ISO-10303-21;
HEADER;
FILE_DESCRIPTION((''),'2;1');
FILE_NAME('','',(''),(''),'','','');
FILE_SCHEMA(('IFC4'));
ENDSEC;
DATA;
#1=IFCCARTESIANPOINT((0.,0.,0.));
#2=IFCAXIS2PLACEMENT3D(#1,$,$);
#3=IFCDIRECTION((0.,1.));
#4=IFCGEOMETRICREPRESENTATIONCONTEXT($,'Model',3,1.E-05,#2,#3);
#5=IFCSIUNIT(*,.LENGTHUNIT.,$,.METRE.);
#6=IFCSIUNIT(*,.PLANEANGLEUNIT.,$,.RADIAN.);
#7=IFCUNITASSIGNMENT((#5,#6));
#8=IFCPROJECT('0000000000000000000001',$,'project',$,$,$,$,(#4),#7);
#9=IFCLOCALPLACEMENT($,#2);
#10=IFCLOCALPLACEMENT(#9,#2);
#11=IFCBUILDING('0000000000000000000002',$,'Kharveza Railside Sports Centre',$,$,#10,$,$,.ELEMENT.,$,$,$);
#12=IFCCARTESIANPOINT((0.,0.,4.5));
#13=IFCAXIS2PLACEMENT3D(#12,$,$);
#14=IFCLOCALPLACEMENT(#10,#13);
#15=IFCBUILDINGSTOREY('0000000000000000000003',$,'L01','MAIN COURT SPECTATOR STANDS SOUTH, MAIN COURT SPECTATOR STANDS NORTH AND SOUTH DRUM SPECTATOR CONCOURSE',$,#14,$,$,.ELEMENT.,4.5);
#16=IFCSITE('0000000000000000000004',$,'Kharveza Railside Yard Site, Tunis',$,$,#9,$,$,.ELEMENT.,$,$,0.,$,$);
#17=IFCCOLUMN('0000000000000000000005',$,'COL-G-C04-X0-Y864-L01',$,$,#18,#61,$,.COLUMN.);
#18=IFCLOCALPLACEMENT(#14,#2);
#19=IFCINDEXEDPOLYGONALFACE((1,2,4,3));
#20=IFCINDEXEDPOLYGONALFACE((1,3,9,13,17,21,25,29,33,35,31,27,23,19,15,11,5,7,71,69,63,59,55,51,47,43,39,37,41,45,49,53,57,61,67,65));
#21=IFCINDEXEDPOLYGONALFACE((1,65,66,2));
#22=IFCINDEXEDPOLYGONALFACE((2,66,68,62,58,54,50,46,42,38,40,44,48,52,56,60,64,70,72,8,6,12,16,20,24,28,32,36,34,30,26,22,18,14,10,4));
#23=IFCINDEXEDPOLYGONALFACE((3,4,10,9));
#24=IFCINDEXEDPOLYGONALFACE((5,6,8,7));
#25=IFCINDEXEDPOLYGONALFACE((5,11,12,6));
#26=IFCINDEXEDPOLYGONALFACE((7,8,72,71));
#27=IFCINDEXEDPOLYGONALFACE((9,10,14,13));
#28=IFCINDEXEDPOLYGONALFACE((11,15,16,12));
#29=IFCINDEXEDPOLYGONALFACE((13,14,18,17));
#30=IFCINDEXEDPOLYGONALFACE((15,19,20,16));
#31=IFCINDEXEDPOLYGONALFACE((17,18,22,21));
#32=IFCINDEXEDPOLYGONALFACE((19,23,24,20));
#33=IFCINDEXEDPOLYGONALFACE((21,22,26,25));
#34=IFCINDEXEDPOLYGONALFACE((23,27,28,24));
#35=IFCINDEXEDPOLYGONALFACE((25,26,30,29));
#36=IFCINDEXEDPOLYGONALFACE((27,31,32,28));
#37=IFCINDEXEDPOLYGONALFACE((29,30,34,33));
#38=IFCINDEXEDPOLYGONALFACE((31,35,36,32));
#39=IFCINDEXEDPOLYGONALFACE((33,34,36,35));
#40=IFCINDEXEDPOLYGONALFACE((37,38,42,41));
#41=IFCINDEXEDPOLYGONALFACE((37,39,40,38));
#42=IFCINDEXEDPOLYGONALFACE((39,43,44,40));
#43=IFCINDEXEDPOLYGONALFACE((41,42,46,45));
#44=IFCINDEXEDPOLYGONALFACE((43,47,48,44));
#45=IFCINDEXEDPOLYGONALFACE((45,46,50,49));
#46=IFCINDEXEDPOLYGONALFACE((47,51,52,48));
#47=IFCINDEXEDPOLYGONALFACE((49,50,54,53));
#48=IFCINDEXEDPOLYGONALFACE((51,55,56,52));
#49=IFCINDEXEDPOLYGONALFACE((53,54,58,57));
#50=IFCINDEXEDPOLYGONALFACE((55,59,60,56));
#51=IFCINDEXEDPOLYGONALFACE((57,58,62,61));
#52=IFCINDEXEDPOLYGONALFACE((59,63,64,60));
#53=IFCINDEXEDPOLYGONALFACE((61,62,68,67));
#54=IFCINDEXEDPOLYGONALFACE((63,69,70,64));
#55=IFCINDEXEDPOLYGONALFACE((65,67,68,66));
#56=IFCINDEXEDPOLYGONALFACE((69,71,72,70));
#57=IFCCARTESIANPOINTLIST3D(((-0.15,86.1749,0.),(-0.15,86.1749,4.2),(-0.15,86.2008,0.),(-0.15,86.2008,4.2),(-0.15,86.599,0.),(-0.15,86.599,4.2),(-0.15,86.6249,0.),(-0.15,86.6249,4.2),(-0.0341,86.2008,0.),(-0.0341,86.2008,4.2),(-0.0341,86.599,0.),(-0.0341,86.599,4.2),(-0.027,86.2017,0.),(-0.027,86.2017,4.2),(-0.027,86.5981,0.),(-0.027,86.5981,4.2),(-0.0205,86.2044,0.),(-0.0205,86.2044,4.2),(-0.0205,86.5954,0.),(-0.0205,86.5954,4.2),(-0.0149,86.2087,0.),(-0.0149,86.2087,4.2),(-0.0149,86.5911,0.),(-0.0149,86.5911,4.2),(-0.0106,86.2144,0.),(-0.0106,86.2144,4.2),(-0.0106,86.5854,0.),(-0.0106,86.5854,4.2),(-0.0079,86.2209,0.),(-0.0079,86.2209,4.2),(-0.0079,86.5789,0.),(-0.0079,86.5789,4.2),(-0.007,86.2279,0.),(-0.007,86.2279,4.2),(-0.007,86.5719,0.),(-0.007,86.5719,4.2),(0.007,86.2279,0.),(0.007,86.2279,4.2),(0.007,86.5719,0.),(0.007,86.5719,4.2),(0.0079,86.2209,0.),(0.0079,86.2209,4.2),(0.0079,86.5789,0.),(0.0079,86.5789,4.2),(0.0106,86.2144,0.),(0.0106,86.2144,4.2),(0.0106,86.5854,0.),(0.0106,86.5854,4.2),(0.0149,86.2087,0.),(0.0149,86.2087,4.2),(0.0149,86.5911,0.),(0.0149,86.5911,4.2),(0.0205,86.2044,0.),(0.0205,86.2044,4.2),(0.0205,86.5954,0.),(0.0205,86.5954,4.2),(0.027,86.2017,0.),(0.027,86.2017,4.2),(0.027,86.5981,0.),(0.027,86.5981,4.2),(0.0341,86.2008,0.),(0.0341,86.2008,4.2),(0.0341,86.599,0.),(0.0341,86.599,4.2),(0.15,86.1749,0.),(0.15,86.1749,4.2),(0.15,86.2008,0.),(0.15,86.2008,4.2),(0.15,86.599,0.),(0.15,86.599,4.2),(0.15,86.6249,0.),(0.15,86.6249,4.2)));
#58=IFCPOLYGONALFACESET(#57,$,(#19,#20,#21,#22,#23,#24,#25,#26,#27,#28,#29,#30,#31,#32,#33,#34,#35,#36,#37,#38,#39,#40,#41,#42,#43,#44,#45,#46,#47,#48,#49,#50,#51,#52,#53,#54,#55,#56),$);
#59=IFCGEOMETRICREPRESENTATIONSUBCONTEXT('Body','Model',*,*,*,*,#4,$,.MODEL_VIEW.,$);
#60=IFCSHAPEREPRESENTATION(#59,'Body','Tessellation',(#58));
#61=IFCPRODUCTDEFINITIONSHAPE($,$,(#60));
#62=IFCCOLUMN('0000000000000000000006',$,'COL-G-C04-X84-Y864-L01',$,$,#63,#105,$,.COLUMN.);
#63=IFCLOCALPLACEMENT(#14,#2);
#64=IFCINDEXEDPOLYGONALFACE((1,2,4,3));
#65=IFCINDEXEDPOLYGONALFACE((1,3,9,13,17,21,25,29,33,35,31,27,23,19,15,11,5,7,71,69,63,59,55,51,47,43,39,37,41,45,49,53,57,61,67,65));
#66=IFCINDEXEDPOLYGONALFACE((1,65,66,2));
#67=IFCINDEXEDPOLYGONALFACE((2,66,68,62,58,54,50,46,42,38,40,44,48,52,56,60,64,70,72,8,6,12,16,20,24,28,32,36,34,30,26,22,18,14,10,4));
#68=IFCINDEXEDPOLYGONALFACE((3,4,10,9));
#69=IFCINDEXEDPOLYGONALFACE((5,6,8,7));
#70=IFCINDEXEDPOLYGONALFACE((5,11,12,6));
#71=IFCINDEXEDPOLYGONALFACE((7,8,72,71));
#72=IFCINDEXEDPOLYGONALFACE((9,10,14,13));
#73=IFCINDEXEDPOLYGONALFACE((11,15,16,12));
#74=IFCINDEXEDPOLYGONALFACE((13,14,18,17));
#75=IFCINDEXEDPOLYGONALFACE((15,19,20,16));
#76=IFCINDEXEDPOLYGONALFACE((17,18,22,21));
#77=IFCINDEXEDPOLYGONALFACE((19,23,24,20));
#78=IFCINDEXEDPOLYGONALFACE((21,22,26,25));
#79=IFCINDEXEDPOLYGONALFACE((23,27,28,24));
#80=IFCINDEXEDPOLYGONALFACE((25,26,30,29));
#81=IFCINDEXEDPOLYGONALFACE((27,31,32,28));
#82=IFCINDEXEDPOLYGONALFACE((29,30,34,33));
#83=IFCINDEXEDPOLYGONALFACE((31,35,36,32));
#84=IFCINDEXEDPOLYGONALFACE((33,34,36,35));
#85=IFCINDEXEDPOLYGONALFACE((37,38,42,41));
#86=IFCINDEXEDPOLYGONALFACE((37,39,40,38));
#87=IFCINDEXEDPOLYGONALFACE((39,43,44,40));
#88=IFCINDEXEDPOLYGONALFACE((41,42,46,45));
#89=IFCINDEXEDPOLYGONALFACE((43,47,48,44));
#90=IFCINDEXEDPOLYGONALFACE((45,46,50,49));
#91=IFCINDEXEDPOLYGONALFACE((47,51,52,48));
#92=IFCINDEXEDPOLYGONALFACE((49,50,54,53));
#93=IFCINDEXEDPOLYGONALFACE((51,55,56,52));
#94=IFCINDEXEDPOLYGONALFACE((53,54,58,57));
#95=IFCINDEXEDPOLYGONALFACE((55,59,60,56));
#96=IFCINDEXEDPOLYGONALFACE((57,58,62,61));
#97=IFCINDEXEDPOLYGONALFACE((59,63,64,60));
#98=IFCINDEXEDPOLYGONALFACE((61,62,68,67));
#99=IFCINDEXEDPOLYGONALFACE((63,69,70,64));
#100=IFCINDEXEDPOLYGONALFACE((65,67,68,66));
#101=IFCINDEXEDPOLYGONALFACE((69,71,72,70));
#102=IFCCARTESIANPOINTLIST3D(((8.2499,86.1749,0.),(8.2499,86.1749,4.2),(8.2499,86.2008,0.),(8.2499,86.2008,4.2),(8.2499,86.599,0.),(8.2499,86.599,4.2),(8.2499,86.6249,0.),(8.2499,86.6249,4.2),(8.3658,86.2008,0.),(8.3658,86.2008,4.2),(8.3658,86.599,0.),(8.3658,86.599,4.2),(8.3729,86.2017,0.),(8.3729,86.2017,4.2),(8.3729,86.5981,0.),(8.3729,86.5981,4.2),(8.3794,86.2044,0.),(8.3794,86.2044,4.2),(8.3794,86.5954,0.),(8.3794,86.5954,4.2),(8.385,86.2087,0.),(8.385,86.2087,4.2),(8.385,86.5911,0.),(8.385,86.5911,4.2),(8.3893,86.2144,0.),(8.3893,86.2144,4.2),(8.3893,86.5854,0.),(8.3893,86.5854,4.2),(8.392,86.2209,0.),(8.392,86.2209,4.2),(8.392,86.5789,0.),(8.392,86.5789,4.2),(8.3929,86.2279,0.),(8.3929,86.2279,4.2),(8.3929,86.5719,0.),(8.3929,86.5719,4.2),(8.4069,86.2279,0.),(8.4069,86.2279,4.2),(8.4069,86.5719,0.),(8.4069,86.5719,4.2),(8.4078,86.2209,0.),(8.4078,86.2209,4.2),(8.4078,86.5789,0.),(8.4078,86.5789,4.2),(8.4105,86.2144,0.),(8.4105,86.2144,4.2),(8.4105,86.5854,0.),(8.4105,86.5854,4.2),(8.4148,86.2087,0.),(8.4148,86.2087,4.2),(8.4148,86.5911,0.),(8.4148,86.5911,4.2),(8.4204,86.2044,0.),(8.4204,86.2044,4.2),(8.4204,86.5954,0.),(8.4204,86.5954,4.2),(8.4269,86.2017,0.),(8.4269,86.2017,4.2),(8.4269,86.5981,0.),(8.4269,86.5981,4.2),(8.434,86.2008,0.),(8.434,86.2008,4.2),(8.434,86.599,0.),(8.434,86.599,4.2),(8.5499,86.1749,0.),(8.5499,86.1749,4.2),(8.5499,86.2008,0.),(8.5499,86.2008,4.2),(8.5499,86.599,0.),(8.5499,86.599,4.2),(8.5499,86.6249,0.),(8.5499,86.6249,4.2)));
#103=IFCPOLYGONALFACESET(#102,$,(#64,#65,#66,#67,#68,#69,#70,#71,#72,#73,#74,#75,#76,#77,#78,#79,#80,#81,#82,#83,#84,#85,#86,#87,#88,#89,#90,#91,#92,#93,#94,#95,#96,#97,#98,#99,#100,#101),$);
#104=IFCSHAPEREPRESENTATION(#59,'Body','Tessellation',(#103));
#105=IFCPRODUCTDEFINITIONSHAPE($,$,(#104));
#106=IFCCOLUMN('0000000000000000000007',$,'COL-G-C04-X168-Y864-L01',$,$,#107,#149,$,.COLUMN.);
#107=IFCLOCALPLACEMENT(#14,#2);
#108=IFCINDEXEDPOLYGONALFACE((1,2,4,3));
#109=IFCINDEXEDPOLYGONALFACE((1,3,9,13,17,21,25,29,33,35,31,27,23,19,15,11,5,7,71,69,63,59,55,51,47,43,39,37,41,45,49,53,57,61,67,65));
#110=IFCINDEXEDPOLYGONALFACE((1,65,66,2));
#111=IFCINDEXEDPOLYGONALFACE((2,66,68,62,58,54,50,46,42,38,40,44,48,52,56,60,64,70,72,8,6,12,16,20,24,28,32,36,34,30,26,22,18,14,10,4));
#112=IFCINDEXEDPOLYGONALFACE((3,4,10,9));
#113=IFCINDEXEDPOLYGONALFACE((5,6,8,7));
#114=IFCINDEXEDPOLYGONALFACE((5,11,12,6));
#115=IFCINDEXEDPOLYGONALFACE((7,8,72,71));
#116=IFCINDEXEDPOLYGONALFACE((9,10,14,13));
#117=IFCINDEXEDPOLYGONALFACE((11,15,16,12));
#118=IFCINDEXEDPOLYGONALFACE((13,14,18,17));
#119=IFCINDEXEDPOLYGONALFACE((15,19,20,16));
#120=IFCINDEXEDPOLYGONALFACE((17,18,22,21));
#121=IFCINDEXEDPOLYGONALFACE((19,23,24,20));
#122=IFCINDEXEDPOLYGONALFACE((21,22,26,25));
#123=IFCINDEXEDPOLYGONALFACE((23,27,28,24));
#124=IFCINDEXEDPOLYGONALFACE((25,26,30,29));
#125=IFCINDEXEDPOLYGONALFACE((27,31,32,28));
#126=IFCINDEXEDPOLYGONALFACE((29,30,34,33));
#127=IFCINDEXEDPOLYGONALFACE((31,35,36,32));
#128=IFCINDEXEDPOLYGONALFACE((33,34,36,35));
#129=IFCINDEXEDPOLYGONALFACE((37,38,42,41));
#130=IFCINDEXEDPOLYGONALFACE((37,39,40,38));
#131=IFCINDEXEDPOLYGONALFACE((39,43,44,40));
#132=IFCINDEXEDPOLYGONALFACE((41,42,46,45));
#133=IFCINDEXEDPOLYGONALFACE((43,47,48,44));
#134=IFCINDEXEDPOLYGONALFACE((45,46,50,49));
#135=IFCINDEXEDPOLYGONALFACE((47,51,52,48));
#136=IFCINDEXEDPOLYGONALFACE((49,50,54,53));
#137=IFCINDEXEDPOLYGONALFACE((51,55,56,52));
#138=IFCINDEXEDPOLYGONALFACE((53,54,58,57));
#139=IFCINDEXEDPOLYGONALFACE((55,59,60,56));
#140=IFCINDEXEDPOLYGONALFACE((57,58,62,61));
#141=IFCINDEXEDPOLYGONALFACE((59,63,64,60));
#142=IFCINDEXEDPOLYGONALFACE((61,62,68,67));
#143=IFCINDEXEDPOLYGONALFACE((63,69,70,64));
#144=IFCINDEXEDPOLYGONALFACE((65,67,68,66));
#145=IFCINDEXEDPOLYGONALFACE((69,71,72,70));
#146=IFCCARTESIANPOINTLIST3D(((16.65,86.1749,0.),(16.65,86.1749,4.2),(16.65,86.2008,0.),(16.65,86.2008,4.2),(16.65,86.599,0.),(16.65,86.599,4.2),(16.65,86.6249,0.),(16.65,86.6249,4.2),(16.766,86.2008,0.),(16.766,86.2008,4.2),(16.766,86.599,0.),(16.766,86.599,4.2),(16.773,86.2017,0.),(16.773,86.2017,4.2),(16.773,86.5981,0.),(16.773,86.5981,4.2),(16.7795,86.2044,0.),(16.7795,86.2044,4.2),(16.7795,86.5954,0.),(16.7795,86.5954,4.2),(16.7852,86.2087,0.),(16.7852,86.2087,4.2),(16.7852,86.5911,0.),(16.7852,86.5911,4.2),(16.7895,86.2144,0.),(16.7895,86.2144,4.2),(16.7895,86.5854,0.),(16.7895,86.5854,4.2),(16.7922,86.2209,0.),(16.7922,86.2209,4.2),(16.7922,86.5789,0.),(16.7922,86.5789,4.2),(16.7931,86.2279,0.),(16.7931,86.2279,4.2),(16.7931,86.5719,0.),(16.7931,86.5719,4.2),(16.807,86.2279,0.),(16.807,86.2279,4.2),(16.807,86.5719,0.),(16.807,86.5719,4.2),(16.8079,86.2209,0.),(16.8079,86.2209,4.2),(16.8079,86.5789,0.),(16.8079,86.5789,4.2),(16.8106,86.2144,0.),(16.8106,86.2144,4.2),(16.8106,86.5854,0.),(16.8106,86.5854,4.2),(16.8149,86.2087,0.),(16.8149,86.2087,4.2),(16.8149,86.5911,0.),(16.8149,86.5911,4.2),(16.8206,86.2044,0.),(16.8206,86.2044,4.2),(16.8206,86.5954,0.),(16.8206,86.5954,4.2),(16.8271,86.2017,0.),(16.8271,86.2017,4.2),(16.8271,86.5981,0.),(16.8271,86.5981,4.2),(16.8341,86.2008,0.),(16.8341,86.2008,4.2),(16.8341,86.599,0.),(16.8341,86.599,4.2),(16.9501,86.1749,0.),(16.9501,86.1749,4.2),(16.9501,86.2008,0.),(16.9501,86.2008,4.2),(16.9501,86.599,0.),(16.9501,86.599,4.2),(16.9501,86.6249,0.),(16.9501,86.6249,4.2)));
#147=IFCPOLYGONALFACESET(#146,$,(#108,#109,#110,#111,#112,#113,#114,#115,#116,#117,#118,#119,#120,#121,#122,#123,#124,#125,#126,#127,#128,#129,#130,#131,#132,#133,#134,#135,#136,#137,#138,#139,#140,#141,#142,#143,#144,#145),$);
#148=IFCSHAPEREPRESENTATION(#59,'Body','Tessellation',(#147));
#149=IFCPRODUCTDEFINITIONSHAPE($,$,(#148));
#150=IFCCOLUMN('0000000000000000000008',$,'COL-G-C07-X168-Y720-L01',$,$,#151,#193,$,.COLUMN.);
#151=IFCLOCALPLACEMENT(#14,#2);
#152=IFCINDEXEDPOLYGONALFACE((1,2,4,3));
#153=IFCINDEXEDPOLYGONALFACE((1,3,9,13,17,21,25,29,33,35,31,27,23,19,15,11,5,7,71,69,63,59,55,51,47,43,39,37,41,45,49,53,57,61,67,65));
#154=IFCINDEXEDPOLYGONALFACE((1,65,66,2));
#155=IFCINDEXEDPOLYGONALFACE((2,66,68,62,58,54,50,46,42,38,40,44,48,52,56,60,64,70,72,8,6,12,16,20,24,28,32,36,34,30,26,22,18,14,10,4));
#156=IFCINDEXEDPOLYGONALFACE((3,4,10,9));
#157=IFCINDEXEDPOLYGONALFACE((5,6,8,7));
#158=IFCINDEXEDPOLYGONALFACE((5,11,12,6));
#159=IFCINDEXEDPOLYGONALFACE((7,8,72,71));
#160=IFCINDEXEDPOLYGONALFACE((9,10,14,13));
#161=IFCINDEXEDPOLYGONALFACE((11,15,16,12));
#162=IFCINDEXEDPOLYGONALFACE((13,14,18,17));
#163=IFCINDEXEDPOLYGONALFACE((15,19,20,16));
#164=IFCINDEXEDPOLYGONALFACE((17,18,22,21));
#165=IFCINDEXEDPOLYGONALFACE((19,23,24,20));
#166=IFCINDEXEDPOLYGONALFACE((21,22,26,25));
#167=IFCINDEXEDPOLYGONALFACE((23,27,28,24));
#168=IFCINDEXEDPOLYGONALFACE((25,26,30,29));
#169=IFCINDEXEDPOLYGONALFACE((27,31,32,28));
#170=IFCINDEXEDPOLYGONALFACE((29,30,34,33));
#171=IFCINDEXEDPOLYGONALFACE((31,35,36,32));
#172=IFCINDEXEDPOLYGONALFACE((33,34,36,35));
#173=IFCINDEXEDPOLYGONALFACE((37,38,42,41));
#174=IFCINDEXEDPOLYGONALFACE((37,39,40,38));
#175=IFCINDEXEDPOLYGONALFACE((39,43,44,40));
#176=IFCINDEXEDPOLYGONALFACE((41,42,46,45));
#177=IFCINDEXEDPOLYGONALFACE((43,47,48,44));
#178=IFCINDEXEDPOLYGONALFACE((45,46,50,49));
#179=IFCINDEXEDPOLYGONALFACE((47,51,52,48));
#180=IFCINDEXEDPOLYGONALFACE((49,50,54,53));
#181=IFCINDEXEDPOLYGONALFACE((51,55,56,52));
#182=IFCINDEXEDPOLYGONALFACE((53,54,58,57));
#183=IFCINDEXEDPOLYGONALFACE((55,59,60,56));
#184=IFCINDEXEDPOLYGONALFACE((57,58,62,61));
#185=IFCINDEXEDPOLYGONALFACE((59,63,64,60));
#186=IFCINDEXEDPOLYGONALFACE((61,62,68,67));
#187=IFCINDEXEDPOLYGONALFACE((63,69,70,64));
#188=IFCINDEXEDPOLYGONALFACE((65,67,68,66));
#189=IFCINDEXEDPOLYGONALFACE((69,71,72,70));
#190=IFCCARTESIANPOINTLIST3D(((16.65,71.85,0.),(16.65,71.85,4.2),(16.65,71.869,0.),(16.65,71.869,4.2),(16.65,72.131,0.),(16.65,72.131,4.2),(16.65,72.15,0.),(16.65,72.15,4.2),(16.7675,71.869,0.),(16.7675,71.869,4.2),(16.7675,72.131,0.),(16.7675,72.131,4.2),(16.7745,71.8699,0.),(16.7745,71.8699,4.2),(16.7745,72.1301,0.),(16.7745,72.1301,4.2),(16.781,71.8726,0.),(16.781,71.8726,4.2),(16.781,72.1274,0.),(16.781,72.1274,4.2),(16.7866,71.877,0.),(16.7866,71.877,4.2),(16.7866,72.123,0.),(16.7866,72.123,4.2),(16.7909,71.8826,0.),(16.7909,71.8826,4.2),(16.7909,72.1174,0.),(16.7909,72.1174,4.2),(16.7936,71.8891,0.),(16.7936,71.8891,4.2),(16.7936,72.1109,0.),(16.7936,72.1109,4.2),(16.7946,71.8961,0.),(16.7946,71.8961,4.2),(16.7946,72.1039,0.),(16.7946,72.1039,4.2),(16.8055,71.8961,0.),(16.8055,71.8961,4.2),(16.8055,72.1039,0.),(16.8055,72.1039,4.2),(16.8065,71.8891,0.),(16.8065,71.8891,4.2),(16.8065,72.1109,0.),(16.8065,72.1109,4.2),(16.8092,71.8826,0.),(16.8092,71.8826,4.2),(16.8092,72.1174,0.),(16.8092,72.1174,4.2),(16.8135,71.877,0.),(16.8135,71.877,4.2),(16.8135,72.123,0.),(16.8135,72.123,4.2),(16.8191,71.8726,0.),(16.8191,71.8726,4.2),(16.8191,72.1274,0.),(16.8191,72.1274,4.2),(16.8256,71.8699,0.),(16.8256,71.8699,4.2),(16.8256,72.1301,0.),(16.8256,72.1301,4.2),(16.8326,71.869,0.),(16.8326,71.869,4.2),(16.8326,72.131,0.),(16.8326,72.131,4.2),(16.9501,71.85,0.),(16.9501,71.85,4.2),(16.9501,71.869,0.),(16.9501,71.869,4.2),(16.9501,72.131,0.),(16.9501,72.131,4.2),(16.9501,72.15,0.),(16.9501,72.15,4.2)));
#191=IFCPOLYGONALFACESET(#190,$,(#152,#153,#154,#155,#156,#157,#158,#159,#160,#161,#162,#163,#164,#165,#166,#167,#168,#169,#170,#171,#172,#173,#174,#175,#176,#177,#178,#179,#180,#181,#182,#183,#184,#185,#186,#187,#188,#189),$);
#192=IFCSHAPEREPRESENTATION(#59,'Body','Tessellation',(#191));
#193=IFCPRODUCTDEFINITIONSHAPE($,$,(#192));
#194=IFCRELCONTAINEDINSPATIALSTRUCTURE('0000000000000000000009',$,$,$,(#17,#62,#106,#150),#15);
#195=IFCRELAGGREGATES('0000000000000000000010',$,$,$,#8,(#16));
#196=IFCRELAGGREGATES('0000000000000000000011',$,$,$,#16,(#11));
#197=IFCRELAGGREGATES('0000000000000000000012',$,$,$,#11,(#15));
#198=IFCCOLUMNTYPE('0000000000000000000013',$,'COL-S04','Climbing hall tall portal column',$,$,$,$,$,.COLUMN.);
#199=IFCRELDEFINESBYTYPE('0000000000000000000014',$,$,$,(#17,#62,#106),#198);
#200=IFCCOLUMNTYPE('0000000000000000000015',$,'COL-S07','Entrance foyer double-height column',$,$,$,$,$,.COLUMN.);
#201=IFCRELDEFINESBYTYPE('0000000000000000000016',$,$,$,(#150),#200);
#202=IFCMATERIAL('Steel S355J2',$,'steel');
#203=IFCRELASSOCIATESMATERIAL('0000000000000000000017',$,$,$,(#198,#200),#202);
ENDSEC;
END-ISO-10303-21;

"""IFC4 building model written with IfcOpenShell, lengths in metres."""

from ifc_helpers import new_model, si_unit, direction, frame, origin, origin_2d, place, context, subcontext, project, spatial, i_section, extrude, material, material_profile, profile_set, type_object, element, save


model = new_model("IFC4")

# Units and contexts
model_context = context("Model", 3, precision=1e-05, world=origin(), true_north=direction((0.0, 1.0)))
body_context = subcontext(model_context, "Body", "Model", "MODEL_VIEW")
ifc_project = project(units=[si_unit("LENGTHUNIT", "METRE"), si_unit("PLANEANGLEUNIT", "RADIAN")], contexts=[model_context])

# Site, building, storey
site_placement = place(None, origin())
site = spatial("IfcSite", under=ifc_project, at=site_placement, Name="Kharveza Railside Yard Site, Tunis", CompositionType="ELEMENT", RefElevation=0.0)
building_placement = place(site_placement, origin())
building = spatial("IfcBuilding", under=site, at=building_placement, Name="Kharveza Railside Sports Centre", CompositionType="ELEMENT")
storey_placement = place(building_placement, frame((0.0, 0.0, 4.5)))
storey = spatial("IfcBuildingStorey", under=building, at=storey_placement, Name="L01", Description="MAIN COURT SPECTATOR STANDS SOUTH, MAIN COURT SPECTATOR STANDS NORTH AND SOUTH DRUM SPECTATOR CONCOURSE", CompositionType="ELEMENT", Elevation=4.5)

# Columns
ifc_material_1 = material(Name="Steel S355J2", Category="steel")
ifc_material_profile_1 = material_profile(ifc_material_1, i_section(OverallWidth=0.3, OverallDepth=0.45, WebThickness=0.0139, FlangeThickness=0.0259, FilletRadius=0.0271, at=origin_2d()), Name="HEB 450")
ifc_profile_set_1 = profile_set([ifc_material_profile_1], Name="Steel S355J2")
column_type_1 = type_object("IfcColumnType", Name="COL-S04", Description="Climbing hall tall portal column", PredefinedType="COLUMN", material=ifc_profile_set_1)
for number, where, z_axis, x_axis, name in (
    (1, (0.0, 86.3999, 0.0), (0.0, 0.0, 1.0), (1.0, 0.0, 0.0), "COL-G-C04-X0-Y864-L01"),
    (2, (8.3999, 86.3999, 0.0), (0.0, 0.0, 1.0), (1.0, 0.0, 0.0), "COL-G-C04-X84-Y864-L01"),
    (3, (16.8, 86.3999, 0.0), (0.0, 0.0, 1.0), (1.0, 0.0, 0.0), "COL-G-C04-X168-Y864-L01"),
):
    element("IfcColumn", number, at=place(storey_placement, frame(where, z_axis=z_axis, x_axis=x_axis)), inside=storey, type_object=column_type_1, Name=name, PredefinedType="COLUMN", context=body_context, shape_type="SweptSolid", body=[
        extrude(i_section(OverallWidth=0.3, OverallDepth=0.45, WebThickness=0.0139, FlangeThickness=0.0259, FilletRadius=0.0271, at=origin_2d()), origin(), (0.0, 0.0, 1.0), 4.2),
    ])
ifc_material_profile_2 = material_profile(ifc_material_1, i_section(OverallWidth=0.3, OverallDepth=0.3, WebThickness=0.011, FlangeThickness=0.019, FilletRadius=0.0271, at=origin_2d()), Name="HEB 300")
ifc_profile_set_2 = profile_set([ifc_material_profile_2], Name="Steel S355J2")
column_type_2 = type_object("IfcColumnType", Name="COL-S07", Description="Entrance foyer double-height column", PredefinedType="COLUMN", material=ifc_profile_set_2)
for number, where, z_axis, x_axis, name in (
    (4, (16.8, 72.0, 0.0), (0.0, 0.0, 1.0), (1.0, 0.0, 0.0), "COL-G-C07-X168-Y720-L01"),
):
    element("IfcColumn", number, at=place(storey_placement, frame(where, z_axis=z_axis, x_axis=x_axis)), inside=storey, type_object=column_type_2, Name=name, PredefinedType="COLUMN", context=body_context, shape_type="SweptSolid", body=[
        extrude(i_section(OverallWidth=0.3, OverallDepth=0.3, WebThickness=0.011, FlangeThickness=0.019, FilletRadius=0.0271, at=origin_2d()), origin(), (0.0, 0.0, 1.0), 4.2),
    ])

save(model, "model.ifc")
